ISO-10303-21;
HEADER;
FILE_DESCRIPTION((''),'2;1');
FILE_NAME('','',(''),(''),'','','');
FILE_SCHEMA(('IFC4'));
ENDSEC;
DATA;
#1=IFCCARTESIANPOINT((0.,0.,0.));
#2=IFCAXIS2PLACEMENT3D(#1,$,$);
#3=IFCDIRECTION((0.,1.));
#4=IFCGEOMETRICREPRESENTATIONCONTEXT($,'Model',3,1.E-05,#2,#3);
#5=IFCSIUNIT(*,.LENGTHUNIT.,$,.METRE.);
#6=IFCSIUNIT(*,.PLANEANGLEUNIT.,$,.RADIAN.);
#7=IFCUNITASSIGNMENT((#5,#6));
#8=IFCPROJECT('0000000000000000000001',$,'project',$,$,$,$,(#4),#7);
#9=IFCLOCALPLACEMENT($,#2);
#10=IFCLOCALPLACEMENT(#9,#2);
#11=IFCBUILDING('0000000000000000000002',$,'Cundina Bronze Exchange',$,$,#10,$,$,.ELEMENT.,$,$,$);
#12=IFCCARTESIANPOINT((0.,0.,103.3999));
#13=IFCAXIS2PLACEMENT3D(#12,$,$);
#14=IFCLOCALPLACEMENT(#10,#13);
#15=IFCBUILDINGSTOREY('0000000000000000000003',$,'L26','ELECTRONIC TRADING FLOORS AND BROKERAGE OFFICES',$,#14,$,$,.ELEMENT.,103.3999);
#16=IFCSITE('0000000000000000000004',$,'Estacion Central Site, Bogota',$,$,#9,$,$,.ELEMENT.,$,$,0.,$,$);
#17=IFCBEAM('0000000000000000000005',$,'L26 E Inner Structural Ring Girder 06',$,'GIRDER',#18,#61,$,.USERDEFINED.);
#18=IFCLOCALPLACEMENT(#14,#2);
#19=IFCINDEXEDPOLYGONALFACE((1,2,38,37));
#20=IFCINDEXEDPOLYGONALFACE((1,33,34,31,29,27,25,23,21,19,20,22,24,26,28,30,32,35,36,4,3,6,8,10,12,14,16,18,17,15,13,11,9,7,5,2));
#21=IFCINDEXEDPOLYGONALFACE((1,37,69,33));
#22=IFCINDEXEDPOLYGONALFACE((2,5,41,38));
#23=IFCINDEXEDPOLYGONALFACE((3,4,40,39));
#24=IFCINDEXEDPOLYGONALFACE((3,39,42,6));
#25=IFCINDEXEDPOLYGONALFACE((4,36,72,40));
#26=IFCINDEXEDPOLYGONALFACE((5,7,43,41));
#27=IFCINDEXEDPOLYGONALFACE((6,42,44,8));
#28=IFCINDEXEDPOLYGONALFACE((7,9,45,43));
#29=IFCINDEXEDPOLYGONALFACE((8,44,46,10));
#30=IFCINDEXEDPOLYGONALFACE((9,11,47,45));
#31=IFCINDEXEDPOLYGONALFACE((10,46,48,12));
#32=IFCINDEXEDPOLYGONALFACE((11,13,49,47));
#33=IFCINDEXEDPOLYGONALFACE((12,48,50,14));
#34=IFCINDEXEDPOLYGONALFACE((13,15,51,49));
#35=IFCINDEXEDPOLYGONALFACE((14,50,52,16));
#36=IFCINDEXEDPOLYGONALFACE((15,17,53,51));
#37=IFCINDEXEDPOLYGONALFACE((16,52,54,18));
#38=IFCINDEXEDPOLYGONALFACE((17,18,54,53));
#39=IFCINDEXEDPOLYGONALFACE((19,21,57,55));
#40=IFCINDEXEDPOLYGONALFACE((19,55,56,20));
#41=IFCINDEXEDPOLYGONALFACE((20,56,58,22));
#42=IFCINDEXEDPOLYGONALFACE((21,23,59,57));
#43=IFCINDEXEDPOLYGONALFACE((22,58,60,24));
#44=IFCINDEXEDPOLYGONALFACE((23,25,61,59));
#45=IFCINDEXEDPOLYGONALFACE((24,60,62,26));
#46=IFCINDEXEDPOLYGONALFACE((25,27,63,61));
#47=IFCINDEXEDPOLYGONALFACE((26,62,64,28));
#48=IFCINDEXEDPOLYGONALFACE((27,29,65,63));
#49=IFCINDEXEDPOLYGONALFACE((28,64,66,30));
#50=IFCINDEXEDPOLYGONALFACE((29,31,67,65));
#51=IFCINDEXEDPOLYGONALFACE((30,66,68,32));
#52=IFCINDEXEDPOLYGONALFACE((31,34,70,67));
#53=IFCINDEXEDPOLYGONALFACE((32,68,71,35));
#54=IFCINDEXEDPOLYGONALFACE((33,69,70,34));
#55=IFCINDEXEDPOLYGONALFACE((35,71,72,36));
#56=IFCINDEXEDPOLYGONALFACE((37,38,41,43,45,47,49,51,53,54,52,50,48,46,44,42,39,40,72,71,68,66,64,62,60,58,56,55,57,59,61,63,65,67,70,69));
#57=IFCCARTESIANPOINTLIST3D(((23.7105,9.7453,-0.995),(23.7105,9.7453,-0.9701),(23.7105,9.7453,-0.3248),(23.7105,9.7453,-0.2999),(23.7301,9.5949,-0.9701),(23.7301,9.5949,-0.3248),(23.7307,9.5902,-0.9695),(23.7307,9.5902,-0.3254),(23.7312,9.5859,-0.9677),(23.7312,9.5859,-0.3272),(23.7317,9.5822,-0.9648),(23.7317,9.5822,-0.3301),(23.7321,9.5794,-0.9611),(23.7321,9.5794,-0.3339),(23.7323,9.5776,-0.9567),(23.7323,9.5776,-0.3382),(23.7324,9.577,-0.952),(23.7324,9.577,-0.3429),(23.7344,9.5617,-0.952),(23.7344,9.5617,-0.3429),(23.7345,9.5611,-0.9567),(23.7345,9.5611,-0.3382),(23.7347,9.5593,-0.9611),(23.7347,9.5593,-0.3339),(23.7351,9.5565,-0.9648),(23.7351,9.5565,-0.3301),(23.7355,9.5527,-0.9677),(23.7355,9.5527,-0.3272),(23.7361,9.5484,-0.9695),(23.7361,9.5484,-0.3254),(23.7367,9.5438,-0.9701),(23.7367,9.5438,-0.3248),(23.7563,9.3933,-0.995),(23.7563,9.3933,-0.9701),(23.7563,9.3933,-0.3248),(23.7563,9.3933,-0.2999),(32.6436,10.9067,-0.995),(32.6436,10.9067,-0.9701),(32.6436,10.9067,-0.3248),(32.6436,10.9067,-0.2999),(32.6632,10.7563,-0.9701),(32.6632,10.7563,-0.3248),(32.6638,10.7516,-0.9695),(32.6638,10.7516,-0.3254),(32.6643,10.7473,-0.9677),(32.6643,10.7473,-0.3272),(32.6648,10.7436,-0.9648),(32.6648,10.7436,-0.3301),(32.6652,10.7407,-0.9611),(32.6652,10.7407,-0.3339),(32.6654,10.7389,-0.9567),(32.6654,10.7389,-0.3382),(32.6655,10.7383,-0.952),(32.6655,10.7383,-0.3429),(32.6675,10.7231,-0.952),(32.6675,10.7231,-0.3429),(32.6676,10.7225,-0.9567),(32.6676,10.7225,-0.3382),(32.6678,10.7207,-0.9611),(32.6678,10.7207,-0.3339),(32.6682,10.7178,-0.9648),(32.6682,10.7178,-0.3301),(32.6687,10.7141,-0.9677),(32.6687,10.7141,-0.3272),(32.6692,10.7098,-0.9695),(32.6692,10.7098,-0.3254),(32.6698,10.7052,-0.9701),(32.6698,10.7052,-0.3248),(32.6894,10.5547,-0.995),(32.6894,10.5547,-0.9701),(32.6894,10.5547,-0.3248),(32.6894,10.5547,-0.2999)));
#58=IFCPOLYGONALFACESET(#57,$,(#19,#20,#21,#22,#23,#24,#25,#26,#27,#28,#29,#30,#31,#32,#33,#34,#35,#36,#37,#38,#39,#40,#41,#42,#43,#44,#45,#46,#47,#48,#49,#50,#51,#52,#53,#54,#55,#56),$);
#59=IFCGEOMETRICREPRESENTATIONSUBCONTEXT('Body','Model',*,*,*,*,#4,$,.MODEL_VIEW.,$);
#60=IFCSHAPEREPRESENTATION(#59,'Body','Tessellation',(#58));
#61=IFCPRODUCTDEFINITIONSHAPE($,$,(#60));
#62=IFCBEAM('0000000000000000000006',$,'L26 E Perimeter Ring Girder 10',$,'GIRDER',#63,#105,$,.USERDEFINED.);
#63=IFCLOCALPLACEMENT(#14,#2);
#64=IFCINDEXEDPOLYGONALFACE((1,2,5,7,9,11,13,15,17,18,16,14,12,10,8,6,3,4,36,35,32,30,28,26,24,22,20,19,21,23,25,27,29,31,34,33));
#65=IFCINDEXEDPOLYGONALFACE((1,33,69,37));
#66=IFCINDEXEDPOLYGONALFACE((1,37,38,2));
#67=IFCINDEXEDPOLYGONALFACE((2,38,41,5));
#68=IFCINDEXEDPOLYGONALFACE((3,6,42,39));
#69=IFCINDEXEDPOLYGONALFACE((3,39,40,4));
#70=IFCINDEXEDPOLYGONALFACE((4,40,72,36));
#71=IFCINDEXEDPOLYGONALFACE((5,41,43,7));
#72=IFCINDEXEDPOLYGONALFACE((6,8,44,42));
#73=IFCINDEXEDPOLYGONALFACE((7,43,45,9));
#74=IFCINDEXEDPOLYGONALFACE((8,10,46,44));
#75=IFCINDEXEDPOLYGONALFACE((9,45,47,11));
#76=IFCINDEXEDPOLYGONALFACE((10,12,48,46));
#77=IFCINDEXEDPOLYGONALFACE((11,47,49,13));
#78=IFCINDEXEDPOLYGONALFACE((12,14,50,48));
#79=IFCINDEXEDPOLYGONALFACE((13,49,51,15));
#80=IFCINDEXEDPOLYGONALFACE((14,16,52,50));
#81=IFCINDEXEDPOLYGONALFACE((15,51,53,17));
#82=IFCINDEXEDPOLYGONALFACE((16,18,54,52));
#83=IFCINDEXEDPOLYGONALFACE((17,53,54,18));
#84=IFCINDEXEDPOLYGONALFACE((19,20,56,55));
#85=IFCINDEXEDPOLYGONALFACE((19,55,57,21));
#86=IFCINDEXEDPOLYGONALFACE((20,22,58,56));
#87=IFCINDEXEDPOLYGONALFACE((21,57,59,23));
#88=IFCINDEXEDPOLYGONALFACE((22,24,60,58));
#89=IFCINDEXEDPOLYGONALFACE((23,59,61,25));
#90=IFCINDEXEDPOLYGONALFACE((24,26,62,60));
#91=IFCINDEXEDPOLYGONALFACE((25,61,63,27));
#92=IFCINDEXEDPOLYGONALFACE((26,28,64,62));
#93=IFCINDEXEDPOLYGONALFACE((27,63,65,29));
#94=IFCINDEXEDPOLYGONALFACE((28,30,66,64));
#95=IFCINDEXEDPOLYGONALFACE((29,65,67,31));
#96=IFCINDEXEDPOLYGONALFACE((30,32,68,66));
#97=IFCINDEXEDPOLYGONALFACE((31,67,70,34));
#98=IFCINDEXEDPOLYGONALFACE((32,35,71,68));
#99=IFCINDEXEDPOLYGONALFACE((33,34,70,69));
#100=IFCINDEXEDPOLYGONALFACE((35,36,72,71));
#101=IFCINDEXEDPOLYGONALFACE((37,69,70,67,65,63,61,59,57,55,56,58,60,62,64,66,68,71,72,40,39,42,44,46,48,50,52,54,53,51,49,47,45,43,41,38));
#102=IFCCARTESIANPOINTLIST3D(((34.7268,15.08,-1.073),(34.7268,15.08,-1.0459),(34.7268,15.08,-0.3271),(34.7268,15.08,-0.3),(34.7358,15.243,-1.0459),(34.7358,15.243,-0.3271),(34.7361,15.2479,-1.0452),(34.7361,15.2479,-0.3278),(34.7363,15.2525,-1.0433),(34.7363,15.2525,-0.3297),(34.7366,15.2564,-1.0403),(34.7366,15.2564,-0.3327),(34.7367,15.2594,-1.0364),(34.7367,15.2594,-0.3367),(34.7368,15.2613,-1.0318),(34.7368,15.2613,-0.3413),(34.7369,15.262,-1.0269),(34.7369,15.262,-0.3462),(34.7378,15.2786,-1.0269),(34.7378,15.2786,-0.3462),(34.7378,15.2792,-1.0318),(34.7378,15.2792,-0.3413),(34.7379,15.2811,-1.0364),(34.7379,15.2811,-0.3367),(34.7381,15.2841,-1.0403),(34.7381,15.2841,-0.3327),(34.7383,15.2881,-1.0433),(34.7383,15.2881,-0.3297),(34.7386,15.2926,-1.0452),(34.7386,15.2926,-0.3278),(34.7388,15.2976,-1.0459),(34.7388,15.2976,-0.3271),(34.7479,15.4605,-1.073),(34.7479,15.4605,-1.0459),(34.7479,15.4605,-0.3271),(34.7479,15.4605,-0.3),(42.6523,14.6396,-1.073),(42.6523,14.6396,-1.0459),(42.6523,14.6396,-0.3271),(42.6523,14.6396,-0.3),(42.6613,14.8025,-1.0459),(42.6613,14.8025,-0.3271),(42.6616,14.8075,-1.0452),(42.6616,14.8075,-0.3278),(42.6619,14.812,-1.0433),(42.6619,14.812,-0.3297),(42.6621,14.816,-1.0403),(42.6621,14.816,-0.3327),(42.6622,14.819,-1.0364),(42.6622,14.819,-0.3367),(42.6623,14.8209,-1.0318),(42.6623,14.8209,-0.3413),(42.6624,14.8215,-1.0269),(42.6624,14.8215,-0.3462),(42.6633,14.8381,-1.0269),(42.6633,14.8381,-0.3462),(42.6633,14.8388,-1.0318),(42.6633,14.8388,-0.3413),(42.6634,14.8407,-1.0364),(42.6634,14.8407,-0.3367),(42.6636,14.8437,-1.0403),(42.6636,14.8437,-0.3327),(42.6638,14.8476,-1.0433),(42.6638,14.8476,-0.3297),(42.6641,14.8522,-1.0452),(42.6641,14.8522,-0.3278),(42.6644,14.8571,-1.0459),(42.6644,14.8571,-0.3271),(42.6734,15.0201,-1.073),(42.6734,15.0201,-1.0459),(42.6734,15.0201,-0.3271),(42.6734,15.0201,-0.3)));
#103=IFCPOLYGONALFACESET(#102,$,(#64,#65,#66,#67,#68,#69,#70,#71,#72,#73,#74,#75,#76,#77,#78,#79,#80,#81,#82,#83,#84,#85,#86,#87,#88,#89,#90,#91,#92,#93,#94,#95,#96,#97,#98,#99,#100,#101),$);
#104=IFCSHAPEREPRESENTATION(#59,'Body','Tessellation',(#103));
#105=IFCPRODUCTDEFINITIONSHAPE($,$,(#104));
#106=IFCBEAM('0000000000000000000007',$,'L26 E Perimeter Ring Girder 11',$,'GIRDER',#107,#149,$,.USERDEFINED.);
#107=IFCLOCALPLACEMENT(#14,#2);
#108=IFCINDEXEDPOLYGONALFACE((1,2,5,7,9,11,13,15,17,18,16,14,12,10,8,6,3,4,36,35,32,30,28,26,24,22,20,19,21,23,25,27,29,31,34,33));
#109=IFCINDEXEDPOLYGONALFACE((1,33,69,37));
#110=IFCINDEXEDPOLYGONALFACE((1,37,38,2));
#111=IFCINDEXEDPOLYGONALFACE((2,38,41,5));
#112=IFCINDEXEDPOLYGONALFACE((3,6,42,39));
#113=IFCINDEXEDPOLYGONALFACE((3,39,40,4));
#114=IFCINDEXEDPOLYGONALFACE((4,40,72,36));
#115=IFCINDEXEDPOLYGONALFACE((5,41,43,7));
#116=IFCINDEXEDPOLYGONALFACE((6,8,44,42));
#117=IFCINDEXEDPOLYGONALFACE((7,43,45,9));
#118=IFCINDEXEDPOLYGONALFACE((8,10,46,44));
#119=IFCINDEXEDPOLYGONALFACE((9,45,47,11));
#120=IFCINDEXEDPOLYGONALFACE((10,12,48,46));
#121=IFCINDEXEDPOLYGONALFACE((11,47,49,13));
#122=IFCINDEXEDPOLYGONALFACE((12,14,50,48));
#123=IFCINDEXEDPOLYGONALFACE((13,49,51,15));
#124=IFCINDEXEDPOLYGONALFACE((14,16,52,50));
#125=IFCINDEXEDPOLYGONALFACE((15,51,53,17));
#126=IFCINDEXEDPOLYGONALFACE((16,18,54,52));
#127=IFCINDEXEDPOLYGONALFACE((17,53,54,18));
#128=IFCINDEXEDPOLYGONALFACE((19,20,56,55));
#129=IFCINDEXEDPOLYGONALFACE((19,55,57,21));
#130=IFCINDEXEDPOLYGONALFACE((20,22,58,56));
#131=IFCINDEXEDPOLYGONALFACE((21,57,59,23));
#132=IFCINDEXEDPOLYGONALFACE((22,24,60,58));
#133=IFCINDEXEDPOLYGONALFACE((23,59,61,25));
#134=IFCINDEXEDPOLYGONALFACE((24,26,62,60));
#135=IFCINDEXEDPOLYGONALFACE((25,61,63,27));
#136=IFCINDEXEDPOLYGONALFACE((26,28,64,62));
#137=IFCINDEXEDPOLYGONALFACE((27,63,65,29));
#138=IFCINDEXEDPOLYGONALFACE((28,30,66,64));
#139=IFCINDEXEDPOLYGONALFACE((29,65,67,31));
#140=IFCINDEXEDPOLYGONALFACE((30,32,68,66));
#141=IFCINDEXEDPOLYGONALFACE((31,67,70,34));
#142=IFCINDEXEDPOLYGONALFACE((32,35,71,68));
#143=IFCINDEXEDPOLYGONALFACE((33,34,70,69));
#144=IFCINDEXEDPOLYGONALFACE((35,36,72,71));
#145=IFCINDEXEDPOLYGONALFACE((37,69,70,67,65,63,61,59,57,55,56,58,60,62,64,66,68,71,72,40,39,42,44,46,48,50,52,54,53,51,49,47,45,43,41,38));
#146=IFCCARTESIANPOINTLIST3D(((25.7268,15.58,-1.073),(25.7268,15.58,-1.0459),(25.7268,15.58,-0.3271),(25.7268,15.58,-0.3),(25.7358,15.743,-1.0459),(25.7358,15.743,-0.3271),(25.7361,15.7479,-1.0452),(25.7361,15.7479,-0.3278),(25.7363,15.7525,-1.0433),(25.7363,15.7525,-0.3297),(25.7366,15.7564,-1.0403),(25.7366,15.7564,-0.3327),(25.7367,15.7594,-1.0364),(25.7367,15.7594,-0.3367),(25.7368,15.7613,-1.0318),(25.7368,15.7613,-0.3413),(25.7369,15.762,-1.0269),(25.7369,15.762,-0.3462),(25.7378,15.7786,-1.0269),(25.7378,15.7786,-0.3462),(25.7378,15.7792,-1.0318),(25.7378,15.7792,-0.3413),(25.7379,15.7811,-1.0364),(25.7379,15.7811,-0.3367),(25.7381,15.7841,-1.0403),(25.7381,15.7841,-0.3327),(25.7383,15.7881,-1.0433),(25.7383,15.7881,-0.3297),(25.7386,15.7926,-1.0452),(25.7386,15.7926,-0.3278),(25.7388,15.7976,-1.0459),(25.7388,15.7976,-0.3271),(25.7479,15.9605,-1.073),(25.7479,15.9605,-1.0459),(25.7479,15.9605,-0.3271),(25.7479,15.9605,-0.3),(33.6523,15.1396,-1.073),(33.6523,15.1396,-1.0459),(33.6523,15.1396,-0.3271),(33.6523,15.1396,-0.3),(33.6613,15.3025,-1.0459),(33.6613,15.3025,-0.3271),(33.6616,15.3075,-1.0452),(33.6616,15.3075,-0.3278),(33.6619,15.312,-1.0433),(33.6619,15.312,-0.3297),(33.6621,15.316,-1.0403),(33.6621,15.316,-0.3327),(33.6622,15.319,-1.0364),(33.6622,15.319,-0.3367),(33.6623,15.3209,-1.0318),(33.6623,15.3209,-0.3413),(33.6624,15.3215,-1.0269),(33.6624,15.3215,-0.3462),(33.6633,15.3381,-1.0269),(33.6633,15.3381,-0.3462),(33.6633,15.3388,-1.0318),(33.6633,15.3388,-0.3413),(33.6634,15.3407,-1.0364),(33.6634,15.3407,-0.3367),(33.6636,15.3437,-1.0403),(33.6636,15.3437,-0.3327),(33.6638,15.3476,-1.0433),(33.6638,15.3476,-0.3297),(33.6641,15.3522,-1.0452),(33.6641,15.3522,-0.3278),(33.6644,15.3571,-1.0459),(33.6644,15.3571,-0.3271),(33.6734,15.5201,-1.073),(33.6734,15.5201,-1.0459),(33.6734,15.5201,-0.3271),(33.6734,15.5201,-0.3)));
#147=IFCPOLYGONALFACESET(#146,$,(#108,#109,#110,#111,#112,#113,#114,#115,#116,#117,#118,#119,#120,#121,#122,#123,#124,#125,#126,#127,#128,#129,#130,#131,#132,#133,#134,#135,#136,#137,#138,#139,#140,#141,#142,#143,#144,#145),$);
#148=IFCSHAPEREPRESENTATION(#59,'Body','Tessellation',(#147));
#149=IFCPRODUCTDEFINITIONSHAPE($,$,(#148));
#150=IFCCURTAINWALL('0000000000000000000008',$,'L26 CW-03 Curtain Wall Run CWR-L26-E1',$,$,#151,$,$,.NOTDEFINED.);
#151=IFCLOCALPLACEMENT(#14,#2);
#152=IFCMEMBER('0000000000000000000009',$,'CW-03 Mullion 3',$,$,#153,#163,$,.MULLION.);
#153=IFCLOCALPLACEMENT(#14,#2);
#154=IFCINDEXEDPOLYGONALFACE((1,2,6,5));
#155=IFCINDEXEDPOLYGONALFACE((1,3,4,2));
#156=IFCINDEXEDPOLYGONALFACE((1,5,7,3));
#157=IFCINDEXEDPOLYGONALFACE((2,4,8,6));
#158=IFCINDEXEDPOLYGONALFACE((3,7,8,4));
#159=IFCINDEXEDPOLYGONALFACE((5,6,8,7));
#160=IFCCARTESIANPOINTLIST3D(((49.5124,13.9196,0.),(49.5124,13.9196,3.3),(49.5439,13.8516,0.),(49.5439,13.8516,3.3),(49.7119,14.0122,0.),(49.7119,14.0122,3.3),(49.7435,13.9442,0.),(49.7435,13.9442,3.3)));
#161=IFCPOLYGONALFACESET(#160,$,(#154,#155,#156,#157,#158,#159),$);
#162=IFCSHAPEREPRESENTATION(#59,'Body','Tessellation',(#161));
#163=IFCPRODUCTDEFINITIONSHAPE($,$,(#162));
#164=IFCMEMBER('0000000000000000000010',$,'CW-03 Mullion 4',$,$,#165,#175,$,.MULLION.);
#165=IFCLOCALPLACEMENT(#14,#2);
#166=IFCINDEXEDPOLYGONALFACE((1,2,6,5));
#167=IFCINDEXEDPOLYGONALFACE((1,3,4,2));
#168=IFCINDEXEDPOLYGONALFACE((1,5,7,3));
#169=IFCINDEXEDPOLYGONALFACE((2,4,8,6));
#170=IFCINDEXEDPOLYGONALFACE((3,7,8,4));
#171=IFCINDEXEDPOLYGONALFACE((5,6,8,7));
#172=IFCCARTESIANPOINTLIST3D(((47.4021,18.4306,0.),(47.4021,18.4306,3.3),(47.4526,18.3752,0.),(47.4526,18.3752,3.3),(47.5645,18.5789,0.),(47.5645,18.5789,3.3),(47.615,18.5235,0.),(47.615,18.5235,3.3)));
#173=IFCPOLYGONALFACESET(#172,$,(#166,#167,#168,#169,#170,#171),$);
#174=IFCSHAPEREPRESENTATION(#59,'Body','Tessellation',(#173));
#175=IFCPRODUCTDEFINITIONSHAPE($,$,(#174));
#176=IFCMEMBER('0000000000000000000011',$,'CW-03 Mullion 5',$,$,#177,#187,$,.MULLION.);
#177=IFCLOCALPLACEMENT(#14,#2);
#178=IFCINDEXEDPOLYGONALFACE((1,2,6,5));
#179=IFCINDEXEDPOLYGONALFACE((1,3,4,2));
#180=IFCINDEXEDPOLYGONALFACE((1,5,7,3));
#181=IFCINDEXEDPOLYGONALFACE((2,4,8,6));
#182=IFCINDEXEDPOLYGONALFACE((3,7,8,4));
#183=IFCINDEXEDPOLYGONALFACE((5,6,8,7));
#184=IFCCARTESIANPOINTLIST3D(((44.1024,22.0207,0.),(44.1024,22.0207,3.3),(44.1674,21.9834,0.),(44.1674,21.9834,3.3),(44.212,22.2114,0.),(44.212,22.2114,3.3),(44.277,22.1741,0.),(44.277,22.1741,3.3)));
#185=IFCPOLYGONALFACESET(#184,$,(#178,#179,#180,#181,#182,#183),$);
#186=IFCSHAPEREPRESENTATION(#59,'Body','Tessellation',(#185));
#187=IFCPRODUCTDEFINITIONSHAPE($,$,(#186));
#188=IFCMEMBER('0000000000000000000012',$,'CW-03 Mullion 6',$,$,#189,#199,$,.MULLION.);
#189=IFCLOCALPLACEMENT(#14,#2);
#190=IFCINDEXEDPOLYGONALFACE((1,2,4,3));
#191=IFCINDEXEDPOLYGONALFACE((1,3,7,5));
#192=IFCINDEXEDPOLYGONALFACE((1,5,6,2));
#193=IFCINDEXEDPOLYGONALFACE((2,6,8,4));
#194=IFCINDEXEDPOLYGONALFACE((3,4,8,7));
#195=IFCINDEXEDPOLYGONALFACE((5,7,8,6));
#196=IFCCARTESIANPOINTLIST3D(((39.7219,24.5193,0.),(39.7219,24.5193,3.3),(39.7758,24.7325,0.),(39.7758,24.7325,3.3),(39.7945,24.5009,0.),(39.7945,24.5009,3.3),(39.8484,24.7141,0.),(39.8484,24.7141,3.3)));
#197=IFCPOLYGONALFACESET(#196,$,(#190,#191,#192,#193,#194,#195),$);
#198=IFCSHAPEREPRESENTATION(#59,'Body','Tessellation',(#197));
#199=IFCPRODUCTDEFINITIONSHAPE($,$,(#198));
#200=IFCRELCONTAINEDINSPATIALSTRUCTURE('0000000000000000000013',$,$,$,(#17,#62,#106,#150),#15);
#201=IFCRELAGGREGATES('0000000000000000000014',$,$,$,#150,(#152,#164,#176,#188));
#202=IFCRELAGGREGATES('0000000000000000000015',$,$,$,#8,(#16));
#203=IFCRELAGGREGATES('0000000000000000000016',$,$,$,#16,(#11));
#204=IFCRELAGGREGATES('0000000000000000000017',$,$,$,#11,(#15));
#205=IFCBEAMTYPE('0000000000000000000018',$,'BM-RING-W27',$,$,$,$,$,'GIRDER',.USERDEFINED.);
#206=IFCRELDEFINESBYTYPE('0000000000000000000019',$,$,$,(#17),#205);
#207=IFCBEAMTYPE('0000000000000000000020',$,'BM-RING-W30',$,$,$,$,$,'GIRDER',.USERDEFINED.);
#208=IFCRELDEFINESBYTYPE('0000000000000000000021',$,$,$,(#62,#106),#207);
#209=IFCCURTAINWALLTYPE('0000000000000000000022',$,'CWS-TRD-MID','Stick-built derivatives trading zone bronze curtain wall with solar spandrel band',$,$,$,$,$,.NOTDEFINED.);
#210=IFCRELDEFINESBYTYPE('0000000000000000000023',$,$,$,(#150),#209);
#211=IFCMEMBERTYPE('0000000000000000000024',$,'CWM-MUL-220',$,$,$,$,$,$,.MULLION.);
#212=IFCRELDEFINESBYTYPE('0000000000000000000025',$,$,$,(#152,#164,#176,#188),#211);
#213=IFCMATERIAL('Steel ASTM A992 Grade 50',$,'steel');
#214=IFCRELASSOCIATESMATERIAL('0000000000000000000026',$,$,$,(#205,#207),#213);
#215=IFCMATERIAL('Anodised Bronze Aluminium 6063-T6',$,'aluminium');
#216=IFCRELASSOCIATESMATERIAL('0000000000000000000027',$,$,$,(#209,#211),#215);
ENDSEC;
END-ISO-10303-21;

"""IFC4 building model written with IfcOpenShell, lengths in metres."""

from ifc_helpers import new_model, si_unit, direction, frame, origin, origin_2d, place, context, subcontext, project, spatial, rectangle, i_section, extrude, material, material_profile, profile_set, type_object, element, aggregate, save


model = new_model("IFC4")

# Units and contexts
model_context = context("Model", 3, precision=1e-05, world=origin(), true_north=direction((0.0, 1.0)))
body_context = subcontext(model_context, "Body", "Model", "MODEL_VIEW")
ifc_project = project(units=[si_unit("LENGTHUNIT", "METRE"), si_unit("PLANEANGLEUNIT", "RADIAN")], contexts=[model_context])

# Site, building, storey
site_placement = place(None, origin())
site = spatial("IfcSite", under=ifc_project, at=site_placement, Name="Estacion Central Site, Bogota", CompositionType="ELEMENT", RefElevation=0.0)
building_placement = place(site_placement, origin())
building = spatial("IfcBuilding", under=site, at=building_placement, Name="Cundina Bronze Exchange", CompositionType="ELEMENT")
storey_placement = place(building_placement, frame((0.0, 0.0, 103.3999)))
storey = spatial("IfcBuildingStorey", under=building, at=storey_placement, Name="L26", Description="ELECTRONIC TRADING FLOORS AND BROKERAGE OFFICES", CompositionType="ELEMENT", Elevation=103.3999)

# Beams
ifc_material_1 = material(Name="Steel ASTM A992 Grade 50", Category="steel")
ifc_material_profile_1 = material_profile(ifc_material_1, i_section(OverallWidth=0.355, OverallDepth=0.6951, WebThickness=0.0154, FlangeThickness=0.0249, FilletRadius=0.0181, at=origin_2d()), Name="W27X146", Category="steel")
ifc_profile_set_1 = profile_set([ifc_material_profile_1], Name="Steel ASTM A992 Grade 50")
beam_type_1 = type_object("IfcBeamType", Name="BM-RING-W27", ElementType="GIRDER", PredefinedType="USERDEFINED", material=ifc_profile_set_1)
beam_1_placement = place(storey_placement, frame((32.6665, 10.7307, -0.6475), z_axis=(-0.991655, -0.128923, 0.0), x_axis=(0.128923, -0.991655, 0.0)))
element("IfcBeam", 1, at=beam_1_placement, inside=storey, type_object=beam_type_1, Name="L26 E Inner Structural Ring Girder 06", ObjectType="GIRDER", PredefinedType="USERDEFINED", context=body_context, shape_type="SweptSolid", body=[
    extrude(i_section(OverallWidth=0.355, OverallDepth=0.6951, WebThickness=0.0154, FlangeThickness=0.0249, FilletRadius=0.0181, at=origin_2d()), origin(), (0.0, 0.0, 1.0), 9.0083),
])
ifc_material_profile_2 = material_profile(ifc_material_1, i_section(OverallWidth=0.3811, OverallDepth=0.7729, WebThickness=0.0166, FlangeThickness=0.0271, FilletRadius=0.019, at=origin_2d()), Name="W30X173", Category="steel")
ifc_profile_set_2 = profile_set([ifc_material_profile_2], Name="Steel ASTM A992 Grade 50")
beam_type_2 = type_object("IfcBeamType", Name="BM-RING-W30", ElementType="GIRDER", PredefinedType="USERDEFINED", material=ifc_profile_set_2)
for number, where, z_axis, x_axis, name in (
    (2, (42.6628, 14.8298, -0.6865), (-0.99846, 0.055485, 0.0), (-0.055485, -0.99846, 0.0), "L26 E Perimeter Ring Girder 10"),
    (3, (33.6628, 15.3298, -0.6865), (-0.99846, 0.055485, 0.0), (-0.055485, -0.99846, 0.0), "L26 E Perimeter Ring Girder 11"),
):
    element("IfcBeam", number, at=place(storey_placement, frame(where, z_axis=z_axis, x_axis=x_axis)), inside=storey, type_object=beam_type_2, Name=name, ObjectType="GIRDER", PredefinedType="USERDEFINED", context=body_context, shape_type="SweptSolid", body=[
        extrude(i_section(OverallWidth=0.3811, OverallDepth=0.7729, WebThickness=0.0166, FlangeThickness=0.0271, FilletRadius=0.019, at=origin_2d()), origin(), (0.0, 0.0, 1.0), 7.9377),
    ])

# Curtain wall, members
ifc_material_2 = material(Name="Anodised Bronze Aluminium 6063-T6", Category="aluminium")
curtain_wall_type = type_object("IfcCurtainWallType", Name="CWS-TRD-MID", Description="Stick-built derivatives trading zone bronze curtain wall with solar spandrel band", PredefinedType="NOTDEFINED", material=ifc_material_2)
curtain_wall_placement = place(storey_placement, origin())
curtain_wall = element("IfcCurtainWall", 4, at=curtain_wall_placement, inside=storey, type_object=curtain_wall_type, Name="L26 CW-03 Curtain Wall Run CWR-L26-E1", PredefinedType="NOTDEFINED")
ifc_material_profile_3 = material_profile(ifc_material_2, rectangle(XDim=0.075, YDim=0.22, at=origin_2d()), Name="AL75X220", Category="aluminium")
ifc_profile_set_3 = profile_set([ifc_material_profile_3], Name="Anodised Bronze Aluminium 6063-T6")
member_type_1 = type_object("IfcMemberType", Name="CWM-MUL-220", PredefinedType="MULLION", material=ifc_profile_set_3)
member_1_placement = place(storey_placement, frame((49.6279, 13.9319, 0.0), z_axis=(0.0, 0.0, 1.0), x_axis=(-0.420877, 0.907117, 0.0)))
member_1 = element("IfcMember", 5, at=member_1_placement, type_object=member_type_1, Name="CW-03 Mullion 3", PredefinedType="MULLION", context=body_context, shape_type="SweptSolid", body=[
    extrude(rectangle(XDim=0.075, YDim=0.22, at=origin_2d()), origin(), (0.0, 0.0, 1.0), 3.3),
])
member_2_placement = place(storey_placement, frame((47.5085, 18.4771, 0.0), z_axis=(0.0, 0.0, 1.0), x_axis=(-0.674302, 0.738455, 0.0)))
member_2 = element("IfcMember", 6, at=member_2_placement, type_object=member_type_1, Name="CW-03 Mullion 4", PredefinedType="MULLION", context=body_context, shape_type="SweptSolid", body=[
    extrude(rectangle(XDim=0.075, YDim=0.22, at=origin_2d()), origin(), (0.0, 0.0, 1.0), 3.3),
])
member_3_placement = place(storey_placement, frame((44.1897, 22.0974, 0.0), z_axis=(0.0, 0.0, 1.0), x_axis=(-0.867071, 0.498185, 0.0)))
member_3 = element("IfcMember", 7, at=member_3_placement, type_object=member_type_1, Name="CW-03 Mullion 5", PredefinedType="MULLION", context=body_context, shape_type="SweptSolid", body=[
    extrude(rectangle(XDim=0.075, YDim=0.22, at=origin_2d()), origin(), (0.0, 0.0, 1.0), 3.3),
])
member_4_placement = place(storey_placement, frame((39.7852, 24.6167, 0.0), z_axis=(0.0, 0.0, 1.0), x_axis=(-0.969488, 0.245138, 0.0)))
member_4 = element("IfcMember", 8, at=member_4_placement, type_object=member_type_1, Name="CW-03 Mullion 6", PredefinedType="MULLION", context=body_context, shape_type="SweptSolid", body=[
    extrude(rectangle(XDim=0.075, YDim=0.22, at=origin_2d()), origin(), (0.0, 0.0, 1.0), 3.3),
])
aggregate(curtain_wall, [member_1, member_2, member_3, member_4])

save(model, "model.ifc")
